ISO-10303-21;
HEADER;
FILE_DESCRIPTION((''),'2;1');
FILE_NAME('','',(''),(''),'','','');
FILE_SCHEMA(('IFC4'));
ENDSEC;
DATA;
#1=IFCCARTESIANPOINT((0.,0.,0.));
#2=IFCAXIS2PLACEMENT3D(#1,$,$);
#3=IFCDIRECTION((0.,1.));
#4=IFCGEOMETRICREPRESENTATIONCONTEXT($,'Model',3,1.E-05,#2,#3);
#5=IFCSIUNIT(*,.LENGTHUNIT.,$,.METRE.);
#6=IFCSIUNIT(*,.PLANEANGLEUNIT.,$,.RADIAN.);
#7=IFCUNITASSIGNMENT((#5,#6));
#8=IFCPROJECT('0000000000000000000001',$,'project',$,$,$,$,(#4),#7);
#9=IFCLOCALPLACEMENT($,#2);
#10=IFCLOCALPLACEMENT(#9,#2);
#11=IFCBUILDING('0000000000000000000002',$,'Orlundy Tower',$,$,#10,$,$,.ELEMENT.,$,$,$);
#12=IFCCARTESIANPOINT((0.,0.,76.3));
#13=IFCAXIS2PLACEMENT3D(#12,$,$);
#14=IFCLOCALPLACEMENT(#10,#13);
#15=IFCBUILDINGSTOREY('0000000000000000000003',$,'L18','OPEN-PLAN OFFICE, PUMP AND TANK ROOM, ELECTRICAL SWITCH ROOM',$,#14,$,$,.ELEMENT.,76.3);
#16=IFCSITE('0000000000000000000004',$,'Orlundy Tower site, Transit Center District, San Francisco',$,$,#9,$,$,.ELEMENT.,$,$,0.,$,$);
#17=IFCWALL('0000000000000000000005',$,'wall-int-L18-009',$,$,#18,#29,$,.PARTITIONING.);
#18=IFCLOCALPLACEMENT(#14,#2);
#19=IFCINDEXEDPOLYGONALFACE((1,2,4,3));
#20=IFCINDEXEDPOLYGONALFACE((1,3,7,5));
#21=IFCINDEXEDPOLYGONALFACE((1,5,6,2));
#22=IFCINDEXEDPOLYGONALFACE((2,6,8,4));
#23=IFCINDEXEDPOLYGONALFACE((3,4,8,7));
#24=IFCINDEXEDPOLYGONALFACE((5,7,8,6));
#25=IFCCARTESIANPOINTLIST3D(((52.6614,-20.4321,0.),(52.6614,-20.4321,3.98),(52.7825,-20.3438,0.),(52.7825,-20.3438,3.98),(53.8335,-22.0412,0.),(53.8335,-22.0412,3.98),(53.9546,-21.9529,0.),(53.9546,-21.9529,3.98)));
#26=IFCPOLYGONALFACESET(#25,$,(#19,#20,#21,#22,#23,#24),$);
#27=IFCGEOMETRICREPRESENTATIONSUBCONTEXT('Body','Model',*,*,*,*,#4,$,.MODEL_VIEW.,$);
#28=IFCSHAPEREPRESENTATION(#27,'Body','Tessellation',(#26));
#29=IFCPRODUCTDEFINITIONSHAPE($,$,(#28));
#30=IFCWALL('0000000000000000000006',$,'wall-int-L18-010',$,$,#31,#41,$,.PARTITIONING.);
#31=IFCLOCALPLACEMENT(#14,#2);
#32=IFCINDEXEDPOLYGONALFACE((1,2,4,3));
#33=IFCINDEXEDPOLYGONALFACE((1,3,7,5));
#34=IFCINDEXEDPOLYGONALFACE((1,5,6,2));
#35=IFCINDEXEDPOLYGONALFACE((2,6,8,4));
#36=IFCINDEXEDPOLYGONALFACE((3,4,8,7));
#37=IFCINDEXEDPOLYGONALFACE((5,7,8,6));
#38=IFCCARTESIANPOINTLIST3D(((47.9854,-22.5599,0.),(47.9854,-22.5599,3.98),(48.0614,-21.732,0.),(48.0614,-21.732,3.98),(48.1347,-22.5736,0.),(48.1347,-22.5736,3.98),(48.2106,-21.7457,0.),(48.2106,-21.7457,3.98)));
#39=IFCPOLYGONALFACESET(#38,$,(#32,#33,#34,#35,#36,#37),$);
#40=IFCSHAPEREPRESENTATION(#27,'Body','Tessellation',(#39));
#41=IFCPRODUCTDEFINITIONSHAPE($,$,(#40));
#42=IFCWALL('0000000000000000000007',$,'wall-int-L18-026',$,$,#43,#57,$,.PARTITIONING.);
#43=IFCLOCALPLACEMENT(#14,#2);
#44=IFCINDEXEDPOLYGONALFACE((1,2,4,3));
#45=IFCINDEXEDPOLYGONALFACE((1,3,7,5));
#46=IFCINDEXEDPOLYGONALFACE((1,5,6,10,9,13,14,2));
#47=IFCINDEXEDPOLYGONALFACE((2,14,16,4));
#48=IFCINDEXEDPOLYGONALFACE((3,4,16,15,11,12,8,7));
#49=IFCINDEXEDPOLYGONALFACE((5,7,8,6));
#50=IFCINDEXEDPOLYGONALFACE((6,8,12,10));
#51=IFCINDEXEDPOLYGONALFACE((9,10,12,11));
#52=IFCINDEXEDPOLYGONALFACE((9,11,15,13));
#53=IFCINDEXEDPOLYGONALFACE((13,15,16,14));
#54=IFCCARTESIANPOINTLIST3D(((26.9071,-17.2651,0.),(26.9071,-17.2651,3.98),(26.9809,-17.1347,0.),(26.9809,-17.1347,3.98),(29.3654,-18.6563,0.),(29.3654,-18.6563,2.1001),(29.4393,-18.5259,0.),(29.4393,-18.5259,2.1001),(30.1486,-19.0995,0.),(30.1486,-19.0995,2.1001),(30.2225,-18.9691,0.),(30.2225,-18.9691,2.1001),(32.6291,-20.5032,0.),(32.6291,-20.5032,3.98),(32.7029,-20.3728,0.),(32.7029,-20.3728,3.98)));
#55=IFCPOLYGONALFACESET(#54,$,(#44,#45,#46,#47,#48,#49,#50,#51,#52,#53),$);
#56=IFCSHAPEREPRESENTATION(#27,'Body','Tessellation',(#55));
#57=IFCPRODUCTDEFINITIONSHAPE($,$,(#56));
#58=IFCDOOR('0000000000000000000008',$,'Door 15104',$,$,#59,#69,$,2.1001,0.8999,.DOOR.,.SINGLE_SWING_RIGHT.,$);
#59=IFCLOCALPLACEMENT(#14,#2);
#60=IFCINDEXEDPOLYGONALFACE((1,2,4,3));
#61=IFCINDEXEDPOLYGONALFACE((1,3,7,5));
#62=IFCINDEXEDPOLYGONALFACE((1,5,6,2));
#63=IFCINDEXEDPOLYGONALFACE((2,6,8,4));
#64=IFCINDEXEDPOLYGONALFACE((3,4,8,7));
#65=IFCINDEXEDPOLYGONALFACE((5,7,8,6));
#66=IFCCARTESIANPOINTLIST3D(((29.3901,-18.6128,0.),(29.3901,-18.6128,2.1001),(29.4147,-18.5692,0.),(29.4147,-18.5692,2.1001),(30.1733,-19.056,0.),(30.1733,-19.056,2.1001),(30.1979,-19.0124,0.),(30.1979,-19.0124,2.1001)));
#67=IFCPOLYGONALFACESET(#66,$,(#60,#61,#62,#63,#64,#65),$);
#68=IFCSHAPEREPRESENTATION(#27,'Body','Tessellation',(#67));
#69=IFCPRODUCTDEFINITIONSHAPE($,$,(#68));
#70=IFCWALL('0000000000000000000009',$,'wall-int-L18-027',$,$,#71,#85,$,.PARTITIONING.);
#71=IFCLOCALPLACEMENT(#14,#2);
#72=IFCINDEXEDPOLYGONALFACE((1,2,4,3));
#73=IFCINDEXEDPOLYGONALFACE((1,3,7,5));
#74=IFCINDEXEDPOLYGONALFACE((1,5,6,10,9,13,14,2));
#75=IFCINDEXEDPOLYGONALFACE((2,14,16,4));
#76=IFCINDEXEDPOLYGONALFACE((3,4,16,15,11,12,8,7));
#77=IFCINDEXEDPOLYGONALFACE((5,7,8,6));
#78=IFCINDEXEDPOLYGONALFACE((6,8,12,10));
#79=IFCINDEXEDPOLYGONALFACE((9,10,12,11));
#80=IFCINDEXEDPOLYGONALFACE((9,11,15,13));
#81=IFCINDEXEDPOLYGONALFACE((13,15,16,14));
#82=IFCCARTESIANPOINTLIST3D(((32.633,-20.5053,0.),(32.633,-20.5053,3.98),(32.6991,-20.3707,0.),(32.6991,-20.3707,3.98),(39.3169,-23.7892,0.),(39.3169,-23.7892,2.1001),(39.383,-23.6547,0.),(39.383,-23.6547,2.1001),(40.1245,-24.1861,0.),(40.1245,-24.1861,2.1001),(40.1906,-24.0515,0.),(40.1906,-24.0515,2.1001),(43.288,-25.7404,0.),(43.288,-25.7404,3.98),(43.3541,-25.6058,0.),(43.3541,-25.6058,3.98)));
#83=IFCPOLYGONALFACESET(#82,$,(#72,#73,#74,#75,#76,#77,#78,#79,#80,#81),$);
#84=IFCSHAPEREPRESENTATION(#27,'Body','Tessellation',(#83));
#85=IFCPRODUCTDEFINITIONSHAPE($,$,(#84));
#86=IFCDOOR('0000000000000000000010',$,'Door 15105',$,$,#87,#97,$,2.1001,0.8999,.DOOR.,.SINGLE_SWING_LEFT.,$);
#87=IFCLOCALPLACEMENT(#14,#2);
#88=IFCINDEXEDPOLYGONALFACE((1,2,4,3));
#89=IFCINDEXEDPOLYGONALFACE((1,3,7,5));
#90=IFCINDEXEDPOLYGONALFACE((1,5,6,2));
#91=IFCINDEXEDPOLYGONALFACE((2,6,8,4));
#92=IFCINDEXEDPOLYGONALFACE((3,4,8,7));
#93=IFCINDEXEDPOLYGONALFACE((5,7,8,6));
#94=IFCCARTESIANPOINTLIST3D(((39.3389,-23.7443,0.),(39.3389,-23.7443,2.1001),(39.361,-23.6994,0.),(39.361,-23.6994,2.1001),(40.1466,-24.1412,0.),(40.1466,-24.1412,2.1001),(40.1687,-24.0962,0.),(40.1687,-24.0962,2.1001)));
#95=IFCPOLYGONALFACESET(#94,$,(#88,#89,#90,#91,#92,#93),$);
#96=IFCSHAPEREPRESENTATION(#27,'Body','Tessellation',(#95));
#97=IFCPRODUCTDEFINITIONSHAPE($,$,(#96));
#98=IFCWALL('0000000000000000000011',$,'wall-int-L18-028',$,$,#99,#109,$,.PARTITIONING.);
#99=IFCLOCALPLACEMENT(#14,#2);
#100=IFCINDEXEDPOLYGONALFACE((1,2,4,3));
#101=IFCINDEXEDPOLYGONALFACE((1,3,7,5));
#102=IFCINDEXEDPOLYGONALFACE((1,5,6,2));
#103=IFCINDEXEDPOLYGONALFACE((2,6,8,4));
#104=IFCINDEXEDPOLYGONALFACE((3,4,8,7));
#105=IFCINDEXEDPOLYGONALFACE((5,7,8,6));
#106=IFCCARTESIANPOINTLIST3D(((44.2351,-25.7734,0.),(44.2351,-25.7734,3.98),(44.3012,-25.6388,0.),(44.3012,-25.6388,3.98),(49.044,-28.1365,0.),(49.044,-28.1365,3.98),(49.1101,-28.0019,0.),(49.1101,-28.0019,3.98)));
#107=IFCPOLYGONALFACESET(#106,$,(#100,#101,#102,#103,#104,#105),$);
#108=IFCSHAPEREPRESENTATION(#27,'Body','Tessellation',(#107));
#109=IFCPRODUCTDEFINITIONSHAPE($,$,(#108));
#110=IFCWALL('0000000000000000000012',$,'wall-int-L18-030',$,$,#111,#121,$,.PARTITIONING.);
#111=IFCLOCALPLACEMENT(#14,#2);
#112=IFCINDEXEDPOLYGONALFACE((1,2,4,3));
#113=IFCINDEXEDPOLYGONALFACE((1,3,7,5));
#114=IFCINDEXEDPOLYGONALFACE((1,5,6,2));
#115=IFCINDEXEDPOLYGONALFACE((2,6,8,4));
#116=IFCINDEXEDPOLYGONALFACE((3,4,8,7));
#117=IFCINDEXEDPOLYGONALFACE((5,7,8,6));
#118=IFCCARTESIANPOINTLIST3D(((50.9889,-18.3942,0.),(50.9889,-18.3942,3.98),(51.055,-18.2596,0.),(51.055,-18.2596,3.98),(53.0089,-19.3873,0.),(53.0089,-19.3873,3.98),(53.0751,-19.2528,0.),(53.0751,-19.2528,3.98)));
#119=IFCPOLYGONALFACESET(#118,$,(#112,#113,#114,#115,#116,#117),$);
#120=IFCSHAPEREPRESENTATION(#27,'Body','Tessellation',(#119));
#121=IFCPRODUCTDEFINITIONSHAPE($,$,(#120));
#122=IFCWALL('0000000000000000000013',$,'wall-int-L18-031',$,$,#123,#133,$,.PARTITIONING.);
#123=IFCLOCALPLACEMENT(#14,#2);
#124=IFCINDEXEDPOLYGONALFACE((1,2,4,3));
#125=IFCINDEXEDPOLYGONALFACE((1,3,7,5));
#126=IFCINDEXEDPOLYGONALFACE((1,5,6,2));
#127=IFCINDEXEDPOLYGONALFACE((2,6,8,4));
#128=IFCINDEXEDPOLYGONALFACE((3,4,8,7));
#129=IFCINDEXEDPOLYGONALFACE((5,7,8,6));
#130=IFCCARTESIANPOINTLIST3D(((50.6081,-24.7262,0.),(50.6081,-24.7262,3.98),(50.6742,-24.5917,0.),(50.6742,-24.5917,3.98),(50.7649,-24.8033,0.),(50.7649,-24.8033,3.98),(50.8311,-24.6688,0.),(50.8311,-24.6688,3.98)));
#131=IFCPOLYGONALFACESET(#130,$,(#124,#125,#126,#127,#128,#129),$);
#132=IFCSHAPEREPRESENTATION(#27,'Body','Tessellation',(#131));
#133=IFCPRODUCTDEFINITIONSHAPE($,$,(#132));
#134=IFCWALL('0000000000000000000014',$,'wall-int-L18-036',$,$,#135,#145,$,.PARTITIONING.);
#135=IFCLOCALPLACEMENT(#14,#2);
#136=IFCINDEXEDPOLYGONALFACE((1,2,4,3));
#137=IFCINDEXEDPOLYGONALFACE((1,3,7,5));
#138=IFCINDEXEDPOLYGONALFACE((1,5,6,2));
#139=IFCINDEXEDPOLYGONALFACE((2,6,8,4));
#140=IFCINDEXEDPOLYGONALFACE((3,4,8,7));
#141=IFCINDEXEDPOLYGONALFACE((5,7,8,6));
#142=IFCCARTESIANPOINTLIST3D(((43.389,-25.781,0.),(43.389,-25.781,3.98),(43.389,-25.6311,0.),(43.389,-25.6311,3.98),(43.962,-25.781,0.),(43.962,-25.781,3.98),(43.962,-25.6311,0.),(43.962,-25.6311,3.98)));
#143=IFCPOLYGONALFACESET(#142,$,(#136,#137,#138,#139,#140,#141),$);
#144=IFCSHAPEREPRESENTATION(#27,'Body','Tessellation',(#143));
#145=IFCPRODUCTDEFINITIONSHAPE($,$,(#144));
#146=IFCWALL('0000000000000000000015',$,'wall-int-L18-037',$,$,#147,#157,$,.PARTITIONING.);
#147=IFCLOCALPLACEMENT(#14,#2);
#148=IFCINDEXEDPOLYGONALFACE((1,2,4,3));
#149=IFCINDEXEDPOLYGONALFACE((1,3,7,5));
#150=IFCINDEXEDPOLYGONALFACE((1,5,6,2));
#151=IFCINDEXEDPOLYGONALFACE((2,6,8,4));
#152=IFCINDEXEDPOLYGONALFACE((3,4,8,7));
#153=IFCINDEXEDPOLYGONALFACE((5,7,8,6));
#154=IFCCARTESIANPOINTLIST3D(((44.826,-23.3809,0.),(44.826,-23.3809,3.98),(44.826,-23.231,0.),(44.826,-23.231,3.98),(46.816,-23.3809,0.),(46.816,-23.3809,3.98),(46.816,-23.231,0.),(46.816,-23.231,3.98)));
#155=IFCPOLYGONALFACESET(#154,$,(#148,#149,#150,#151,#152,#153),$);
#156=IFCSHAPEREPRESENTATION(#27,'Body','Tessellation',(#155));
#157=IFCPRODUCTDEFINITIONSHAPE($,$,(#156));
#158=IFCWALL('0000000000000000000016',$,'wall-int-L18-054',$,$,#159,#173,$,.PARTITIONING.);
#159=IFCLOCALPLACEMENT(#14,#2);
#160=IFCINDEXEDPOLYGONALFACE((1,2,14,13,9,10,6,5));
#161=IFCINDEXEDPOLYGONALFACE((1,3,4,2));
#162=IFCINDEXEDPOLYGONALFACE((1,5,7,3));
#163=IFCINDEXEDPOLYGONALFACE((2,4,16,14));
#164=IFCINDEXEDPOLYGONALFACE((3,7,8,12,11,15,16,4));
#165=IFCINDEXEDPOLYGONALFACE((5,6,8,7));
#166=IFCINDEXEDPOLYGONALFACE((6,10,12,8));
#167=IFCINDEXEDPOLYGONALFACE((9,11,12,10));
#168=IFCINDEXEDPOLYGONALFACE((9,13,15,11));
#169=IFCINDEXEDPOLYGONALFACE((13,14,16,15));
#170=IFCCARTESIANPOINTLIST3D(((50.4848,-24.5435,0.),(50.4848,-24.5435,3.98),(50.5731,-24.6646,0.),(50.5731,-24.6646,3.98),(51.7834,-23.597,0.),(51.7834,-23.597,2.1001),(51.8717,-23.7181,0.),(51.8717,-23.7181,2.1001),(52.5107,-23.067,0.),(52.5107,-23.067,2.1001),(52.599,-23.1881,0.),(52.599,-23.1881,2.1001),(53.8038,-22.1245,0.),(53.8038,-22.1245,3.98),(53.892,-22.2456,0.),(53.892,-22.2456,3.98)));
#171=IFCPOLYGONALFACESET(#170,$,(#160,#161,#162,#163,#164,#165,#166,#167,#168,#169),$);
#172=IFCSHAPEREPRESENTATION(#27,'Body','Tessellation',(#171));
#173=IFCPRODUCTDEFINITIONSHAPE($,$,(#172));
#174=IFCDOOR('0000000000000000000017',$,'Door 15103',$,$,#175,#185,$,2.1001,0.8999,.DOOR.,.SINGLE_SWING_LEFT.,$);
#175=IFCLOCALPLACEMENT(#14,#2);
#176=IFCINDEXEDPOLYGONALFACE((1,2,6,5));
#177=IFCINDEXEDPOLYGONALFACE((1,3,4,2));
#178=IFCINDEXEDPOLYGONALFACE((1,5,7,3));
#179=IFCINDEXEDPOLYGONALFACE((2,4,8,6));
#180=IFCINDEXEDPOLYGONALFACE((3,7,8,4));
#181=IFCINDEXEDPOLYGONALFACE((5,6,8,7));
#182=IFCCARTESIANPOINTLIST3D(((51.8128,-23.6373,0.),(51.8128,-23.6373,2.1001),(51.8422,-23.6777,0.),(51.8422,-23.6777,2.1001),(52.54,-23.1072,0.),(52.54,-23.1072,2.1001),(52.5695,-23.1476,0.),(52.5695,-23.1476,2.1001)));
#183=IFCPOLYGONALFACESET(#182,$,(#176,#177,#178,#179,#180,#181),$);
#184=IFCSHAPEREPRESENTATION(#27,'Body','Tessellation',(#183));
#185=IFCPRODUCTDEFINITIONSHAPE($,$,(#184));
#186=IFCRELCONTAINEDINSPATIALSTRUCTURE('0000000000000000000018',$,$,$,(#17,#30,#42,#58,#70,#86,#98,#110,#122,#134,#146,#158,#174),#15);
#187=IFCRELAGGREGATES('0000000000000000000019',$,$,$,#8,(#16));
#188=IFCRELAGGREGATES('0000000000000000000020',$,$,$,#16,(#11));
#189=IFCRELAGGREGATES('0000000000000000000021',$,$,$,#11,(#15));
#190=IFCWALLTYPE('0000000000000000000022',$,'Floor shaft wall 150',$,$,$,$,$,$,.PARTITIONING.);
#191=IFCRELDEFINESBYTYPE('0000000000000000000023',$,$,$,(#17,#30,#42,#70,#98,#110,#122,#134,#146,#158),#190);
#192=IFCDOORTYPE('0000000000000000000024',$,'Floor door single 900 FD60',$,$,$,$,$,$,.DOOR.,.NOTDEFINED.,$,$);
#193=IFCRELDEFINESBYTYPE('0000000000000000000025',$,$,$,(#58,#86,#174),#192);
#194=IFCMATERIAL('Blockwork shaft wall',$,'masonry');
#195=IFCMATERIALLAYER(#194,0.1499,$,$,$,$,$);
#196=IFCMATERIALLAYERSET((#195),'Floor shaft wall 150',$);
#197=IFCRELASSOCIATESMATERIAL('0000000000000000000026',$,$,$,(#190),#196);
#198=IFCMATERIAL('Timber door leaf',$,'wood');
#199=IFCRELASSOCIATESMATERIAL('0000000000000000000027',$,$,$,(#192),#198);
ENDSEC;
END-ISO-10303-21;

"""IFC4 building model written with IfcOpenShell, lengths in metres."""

from ifc_helpers import new_model, si_unit, direction, frame, frame_2d, origin, place, context, subcontext, project, spatial, rectangle, extrude, material, layer, layer_set, type_object, element, fill, save


model = new_model("IFC4")

# Units and contexts
model_context = context("Model", 3, precision=1e-05, world=origin(), true_north=direction((0.0, 1.0)))
body_context = subcontext(model_context, "Body", "Model", "MODEL_VIEW")
ifc_project = project(units=[si_unit("LENGTHUNIT", "METRE"), si_unit("PLANEANGLEUNIT", "RADIAN")], contexts=[model_context])

# Site, building, storey
site_placement = place(None, origin())
site = spatial("IfcSite", under=ifc_project, at=site_placement, Name="Orlundy Tower site, Transit Center District, San Francisco", CompositionType="ELEMENT", RefElevation=0.0)
building_placement = place(site_placement, origin())
building = spatial("IfcBuilding", under=site, at=building_placement, Name="Orlundy Tower", CompositionType="ELEMENT")
storey_placement = place(building_placement, frame((0.0, 0.0, 76.3)))
storey = spatial("IfcBuildingStorey", under=building, at=storey_placement, Name="L18", Description="OPEN-PLAN OFFICE, PUMP AND TANK ROOM, ELECTRICAL SWITCH ROOM", CompositionType="ELEMENT", Elevation=76.3)

# Walls
ifc_material_1 = material(Name="Blockwork shaft wall", Category="masonry")
ifc_layer = layer(ifc_material_1, 0.1499)
ifc_layer_set = layer_set([ifc_layer], Name="Floor shaft wall 150")
wall_type = type_object("IfcWallType", Name="Floor shaft wall 150", PredefinedType="PARTITIONING", material=ifc_layer_set)
wall_1_placement = place(storey_placement, frame((53.894, -21.9971, 0.0), z_axis=(0.0, 0.0, 1.0), x_axis=(-0.588777, 0.808296, 0.0)))
element("IfcWall", 1, at=wall_1_placement, inside=storey, type_object=wall_type, Name="wall-int-L18-009", PredefinedType="PARTITIONING", context=body_context, shape_type="SweptSolid", body=[
    extrude(rectangle(XDim=1.9907, YDim=0.1499, at=frame_2d((0.9954, 0.0))), origin(), (0.0, 0.0, 1.0), 3.98),
])
wall_2_placement = place(storey_placement, frame((48.136, -21.739, 0.0), z_axis=(0.0, 0.0, 1.0), x_axis=(-0.09133, -0.995821, 0.0)))
element("IfcWall", 2, at=wall_2_placement, inside=storey, type_object=wall_type, Name="wall-int-L18-010", PredefinedType="PARTITIONING", context=body_context, shape_type="SweptSolid", body=[
    extrude(rectangle(XDim=0.8313, YDim=0.1499, at=frame_2d((0.4155, 0.0))), origin(), (0.0, 0.0, 1.0), 3.98),
])

# Walls, openings, doors
wall_3_placement = place(storey_placement, frame((32.666, -20.438, 0.0), z_axis=(0.0, 0.0, 1.0), x_axis=(-0.870308, 0.492507, 0.0)))
wall_3 = element("IfcWall", 3, at=wall_3_placement, inside=storey, type_object=wall_type, Name="wall-int-L18-026", PredefinedType="PARTITIONING", context=body_context, shape_type="SweptSolid", body=[
    extrude(rectangle(XDim=6.5747, YDim=0.1499, at=frame_2d((3.2874, 0.0))), origin(), (0.0, 0.0, 1.0), 3.98),
])
opening_1_placement = place(wall_3_placement, frame((2.8501, 0.0, 0.0)))
opening_1 = element("IfcOpeningElement", 4, at=opening_1_placement, cuts=wall_3, PredefinedType="OPENING", context=body_context, shape_type="SweptSolid", body=[
    extrude(rectangle(XDim=0.8999, YDim=2.1001, at=frame_2d((0.45, 1.05))), frame((0.0, 0.085, 0.0), z_axis=(0.0, -1.0, 0.0), x_axis=(1.0, 0.0, 0.0)), (0.0, 0.0, 1.0), 0.1699),
])
ifc_material_2 = material(Name="Timber door leaf", Category="wood")
door_type = type_object("IfcDoorType", Name="Floor door single 900 FD60", OperationType="NOTDEFINED", PredefinedType="DOOR", material=ifc_material_2)
door_1_placement = place(opening_1_placement, origin())
door_1 = element("IfcDoor", 5, at=door_1_placement, inside=storey, type_object=door_type, Name="Door 15104", OperationType="SINGLE_SWING_RIGHT", OverallHeight=2.1001, OverallWidth=0.8999, PredefinedType="DOOR", context=body_context, shape_type="SweptSolid", body=[
    extrude(rectangle(XDim=0.8999, YDim=2.1001, at=frame_2d((0.45, 1.05))), frame((0.0, 0.0249, 0.0), z_axis=(0.0, -1.0, 0.0), x_axis=(1.0, 0.0, 0.0)), (0.0, 0.0, 1.0), 0.05),
])
fill(opening_1, door_1)
wall_4_placement = place(storey_placement, frame((43.321, -25.6731, 0.0), z_axis=(0.0, 0.0, 1.0), x_axis=(-0.897519, 0.440976, 0.0)))
wall_4 = element("IfcWall", 6, at=wall_4_placement, inside=storey, type_object=wall_type, Name="wall-int-L18-027", PredefinedType="PARTITIONING", context=body_context, shape_type="SweptSolid", body=[
    extrude(rectangle(XDim=11.8716, YDim=0.1499, at=frame_2d((5.9358, 0.0))), origin(), (0.0, 0.0, 1.0), 3.98),
])
opening_2_placement = place(wall_4_placement, frame((3.5247, 0.0, 0.0)))
opening_2 = element("IfcOpeningElement", 7, at=opening_2_placement, cuts=wall_4, PredefinedType="OPENING", context=body_context, shape_type="SweptSolid", body=[
    extrude(rectangle(XDim=0.8999, YDim=2.1001, at=frame_2d((0.45, 1.05))), frame((0.0, 0.085, 0.0), z_axis=(0.0, -1.0, 0.0), x_axis=(1.0, 0.0, 0.0)), (0.0, 0.0, 1.0), 0.1699),
])
door_2_placement = place(opening_2_placement, origin())
door_2 = element("IfcDoor", 8, at=door_2_placement, inside=storey, type_object=door_type, Name="Door 15105", OperationType="SINGLE_SWING_LEFT", OverallHeight=2.1001, OverallWidth=0.8999, PredefinedType="DOOR", context=body_context, shape_type="SweptSolid", body=[
    extrude(rectangle(XDim=0.8999, YDim=2.1001, at=frame_2d((0.45, 1.05))), frame((0.0, 0.0249, 0.0), z_axis=(0.0, -1.0, 0.0), x_axis=(1.0, 0.0, 0.0)), (0.0, 0.0, 1.0), 0.05),
])
fill(opening_2, door_2)

# Walls
wall_5_placement = place(storey_placement, frame((44.2681, -25.7061, 0.0), z_axis=(0.0, 0.0, 1.0), x_axis=(0.897495, -0.441024, 0.0)))
element("IfcWall", 9, at=wall_5_placement, inside=storey, type_object=wall_type, Name="wall-int-L18-028", PredefinedType="PARTITIONING", context=body_context, shape_type="SweptSolid", body=[
    extrude(rectangle(XDim=5.3582, YDim=0.1499, at=frame_2d((2.6792, 0.0))), origin(), (0.0, 0.0, 1.0), 3.98),
])
wall_6_placement = place(storey_placement, frame((51.022, -18.3269, 0.0), z_axis=(0.0, 0.0, 1.0), x_axis=(0.897401, -0.441217, 0.0)))
element("IfcWall", 10, at=wall_6_placement, inside=storey, type_object=wall_type, Name="wall-int-L18-030", PredefinedType="PARTITIONING", context=body_context, shape_type="SweptSolid", body=[
    extrude(rectangle(XDim=2.251, YDim=0.1499, at=frame_2d((1.1255, 0.0))), origin(), (0.0, 0.0, 1.0), 3.98),
])
wall_7_placement = place(storey_placement, frame((50.6411, -24.6589, 0.0), z_axis=(0.0, 0.0, 1.0), x_axis=(0.897477, -0.441062, 0.0)))
element("IfcWall", 11, at=wall_7_placement, inside=storey, type_object=wall_type, Name="wall-int-L18-031", PredefinedType="PARTITIONING", context=body_context, shape_type="SweptSolid", body=[
    extrude(rectangle(XDim=0.1748, YDim=0.1499, at=frame_2d((0.0874, 0.0))), origin(), (0.0, 0.0, 1.0), 3.98),
])
wall_8_placement = place(storey_placement, frame((43.3889, -25.7061, 0.0), z_axis=(0.0, 0.0, 1.0), x_axis=(1.0, 0.0, 0.0)))
element("IfcWall", 12, at=wall_8_placement, inside=storey, type_object=wall_type, Name="wall-int-L18-036", PredefinedType="PARTITIONING", context=body_context, shape_type="SweptSolid", body=[
    extrude(rectangle(XDim=0.573, YDim=0.1499, at=frame_2d((0.2866, 0.0))), origin(), (0.0, 0.0, 1.0), 3.98),
])
wall_9_placement = place(storey_placement, frame((44.8259, -23.3059, 0.0), z_axis=(0.0, 0.0, 1.0), x_axis=(1.0, 0.0, 0.0)))
element("IfcWall", 13, at=wall_9_placement, inside=storey, type_object=wall_type, Name="wall-int-L18-037", PredefinedType="PARTITIONING", context=body_context, shape_type="SweptSolid", body=[
    extrude(rectangle(XDim=1.99, YDim=0.1499, at=frame_2d((0.9951, 0.0))), origin(), (0.0, 0.0, 1.0), 3.98),
])

# Wall, opening, door
wall_10_placement = place(storey_placement, frame((53.8479, -22.1851, 0.0), z_axis=(0.0, 0.0, 1.0), x_axis=(-0.808129, -0.589006, 0.0)))
wall_10 = element("IfcWall", 14, at=wall_10_placement, inside=storey, type_object=wall_type, Name="wall-int-L18-054", PredefinedType="PARTITIONING", context=body_context, shape_type="SweptSolid", body=[
    extrude(rectangle(XDim=4.1069, YDim=0.1499, at=frame_2d((2.0535, 0.0))), origin(), (0.0, 0.0, 1.0), 3.98),
])
opening_3_placement = place(wall_10_placement, frame((1.6001, 0.0, 0.0)))
opening_3 = element("IfcOpeningElement", 15, at=opening_3_placement, cuts=wall_10, PredefinedType="OPENING", context=body_context, shape_type="SweptSolid", body=[
    extrude(rectangle(XDim=0.8999, YDim=2.1001, at=frame_2d((0.45, 1.05))), frame((0.0, 0.085, 0.0), z_axis=(0.0, -1.0, 0.0), x_axis=(1.0, 0.0, 0.0)), (0.0, 0.0, 1.0), 0.1699),
])
door_3_placement = place(opening_3_placement, origin())
door_3 = element("IfcDoor", 16, at=door_3_placement, inside=storey, type_object=door_type, Name="Door 15103", OperationType="SINGLE_SWING_LEFT", OverallHeight=2.1001, OverallWidth=0.8999, PredefinedType="DOOR", context=body_context, shape_type="SweptSolid", body=[
    extrude(rectangle(XDim=0.8999, YDim=2.1001, at=frame_2d((0.45, 1.05))), frame((0.0, 0.0249, 0.0), z_axis=(0.0, -1.0, 0.0), x_axis=(1.0, 0.0, 0.0)), (0.0, 0.0, 1.0), 0.05),
])
fill(opening_3, door_3)

save(model, "model.ifc")
